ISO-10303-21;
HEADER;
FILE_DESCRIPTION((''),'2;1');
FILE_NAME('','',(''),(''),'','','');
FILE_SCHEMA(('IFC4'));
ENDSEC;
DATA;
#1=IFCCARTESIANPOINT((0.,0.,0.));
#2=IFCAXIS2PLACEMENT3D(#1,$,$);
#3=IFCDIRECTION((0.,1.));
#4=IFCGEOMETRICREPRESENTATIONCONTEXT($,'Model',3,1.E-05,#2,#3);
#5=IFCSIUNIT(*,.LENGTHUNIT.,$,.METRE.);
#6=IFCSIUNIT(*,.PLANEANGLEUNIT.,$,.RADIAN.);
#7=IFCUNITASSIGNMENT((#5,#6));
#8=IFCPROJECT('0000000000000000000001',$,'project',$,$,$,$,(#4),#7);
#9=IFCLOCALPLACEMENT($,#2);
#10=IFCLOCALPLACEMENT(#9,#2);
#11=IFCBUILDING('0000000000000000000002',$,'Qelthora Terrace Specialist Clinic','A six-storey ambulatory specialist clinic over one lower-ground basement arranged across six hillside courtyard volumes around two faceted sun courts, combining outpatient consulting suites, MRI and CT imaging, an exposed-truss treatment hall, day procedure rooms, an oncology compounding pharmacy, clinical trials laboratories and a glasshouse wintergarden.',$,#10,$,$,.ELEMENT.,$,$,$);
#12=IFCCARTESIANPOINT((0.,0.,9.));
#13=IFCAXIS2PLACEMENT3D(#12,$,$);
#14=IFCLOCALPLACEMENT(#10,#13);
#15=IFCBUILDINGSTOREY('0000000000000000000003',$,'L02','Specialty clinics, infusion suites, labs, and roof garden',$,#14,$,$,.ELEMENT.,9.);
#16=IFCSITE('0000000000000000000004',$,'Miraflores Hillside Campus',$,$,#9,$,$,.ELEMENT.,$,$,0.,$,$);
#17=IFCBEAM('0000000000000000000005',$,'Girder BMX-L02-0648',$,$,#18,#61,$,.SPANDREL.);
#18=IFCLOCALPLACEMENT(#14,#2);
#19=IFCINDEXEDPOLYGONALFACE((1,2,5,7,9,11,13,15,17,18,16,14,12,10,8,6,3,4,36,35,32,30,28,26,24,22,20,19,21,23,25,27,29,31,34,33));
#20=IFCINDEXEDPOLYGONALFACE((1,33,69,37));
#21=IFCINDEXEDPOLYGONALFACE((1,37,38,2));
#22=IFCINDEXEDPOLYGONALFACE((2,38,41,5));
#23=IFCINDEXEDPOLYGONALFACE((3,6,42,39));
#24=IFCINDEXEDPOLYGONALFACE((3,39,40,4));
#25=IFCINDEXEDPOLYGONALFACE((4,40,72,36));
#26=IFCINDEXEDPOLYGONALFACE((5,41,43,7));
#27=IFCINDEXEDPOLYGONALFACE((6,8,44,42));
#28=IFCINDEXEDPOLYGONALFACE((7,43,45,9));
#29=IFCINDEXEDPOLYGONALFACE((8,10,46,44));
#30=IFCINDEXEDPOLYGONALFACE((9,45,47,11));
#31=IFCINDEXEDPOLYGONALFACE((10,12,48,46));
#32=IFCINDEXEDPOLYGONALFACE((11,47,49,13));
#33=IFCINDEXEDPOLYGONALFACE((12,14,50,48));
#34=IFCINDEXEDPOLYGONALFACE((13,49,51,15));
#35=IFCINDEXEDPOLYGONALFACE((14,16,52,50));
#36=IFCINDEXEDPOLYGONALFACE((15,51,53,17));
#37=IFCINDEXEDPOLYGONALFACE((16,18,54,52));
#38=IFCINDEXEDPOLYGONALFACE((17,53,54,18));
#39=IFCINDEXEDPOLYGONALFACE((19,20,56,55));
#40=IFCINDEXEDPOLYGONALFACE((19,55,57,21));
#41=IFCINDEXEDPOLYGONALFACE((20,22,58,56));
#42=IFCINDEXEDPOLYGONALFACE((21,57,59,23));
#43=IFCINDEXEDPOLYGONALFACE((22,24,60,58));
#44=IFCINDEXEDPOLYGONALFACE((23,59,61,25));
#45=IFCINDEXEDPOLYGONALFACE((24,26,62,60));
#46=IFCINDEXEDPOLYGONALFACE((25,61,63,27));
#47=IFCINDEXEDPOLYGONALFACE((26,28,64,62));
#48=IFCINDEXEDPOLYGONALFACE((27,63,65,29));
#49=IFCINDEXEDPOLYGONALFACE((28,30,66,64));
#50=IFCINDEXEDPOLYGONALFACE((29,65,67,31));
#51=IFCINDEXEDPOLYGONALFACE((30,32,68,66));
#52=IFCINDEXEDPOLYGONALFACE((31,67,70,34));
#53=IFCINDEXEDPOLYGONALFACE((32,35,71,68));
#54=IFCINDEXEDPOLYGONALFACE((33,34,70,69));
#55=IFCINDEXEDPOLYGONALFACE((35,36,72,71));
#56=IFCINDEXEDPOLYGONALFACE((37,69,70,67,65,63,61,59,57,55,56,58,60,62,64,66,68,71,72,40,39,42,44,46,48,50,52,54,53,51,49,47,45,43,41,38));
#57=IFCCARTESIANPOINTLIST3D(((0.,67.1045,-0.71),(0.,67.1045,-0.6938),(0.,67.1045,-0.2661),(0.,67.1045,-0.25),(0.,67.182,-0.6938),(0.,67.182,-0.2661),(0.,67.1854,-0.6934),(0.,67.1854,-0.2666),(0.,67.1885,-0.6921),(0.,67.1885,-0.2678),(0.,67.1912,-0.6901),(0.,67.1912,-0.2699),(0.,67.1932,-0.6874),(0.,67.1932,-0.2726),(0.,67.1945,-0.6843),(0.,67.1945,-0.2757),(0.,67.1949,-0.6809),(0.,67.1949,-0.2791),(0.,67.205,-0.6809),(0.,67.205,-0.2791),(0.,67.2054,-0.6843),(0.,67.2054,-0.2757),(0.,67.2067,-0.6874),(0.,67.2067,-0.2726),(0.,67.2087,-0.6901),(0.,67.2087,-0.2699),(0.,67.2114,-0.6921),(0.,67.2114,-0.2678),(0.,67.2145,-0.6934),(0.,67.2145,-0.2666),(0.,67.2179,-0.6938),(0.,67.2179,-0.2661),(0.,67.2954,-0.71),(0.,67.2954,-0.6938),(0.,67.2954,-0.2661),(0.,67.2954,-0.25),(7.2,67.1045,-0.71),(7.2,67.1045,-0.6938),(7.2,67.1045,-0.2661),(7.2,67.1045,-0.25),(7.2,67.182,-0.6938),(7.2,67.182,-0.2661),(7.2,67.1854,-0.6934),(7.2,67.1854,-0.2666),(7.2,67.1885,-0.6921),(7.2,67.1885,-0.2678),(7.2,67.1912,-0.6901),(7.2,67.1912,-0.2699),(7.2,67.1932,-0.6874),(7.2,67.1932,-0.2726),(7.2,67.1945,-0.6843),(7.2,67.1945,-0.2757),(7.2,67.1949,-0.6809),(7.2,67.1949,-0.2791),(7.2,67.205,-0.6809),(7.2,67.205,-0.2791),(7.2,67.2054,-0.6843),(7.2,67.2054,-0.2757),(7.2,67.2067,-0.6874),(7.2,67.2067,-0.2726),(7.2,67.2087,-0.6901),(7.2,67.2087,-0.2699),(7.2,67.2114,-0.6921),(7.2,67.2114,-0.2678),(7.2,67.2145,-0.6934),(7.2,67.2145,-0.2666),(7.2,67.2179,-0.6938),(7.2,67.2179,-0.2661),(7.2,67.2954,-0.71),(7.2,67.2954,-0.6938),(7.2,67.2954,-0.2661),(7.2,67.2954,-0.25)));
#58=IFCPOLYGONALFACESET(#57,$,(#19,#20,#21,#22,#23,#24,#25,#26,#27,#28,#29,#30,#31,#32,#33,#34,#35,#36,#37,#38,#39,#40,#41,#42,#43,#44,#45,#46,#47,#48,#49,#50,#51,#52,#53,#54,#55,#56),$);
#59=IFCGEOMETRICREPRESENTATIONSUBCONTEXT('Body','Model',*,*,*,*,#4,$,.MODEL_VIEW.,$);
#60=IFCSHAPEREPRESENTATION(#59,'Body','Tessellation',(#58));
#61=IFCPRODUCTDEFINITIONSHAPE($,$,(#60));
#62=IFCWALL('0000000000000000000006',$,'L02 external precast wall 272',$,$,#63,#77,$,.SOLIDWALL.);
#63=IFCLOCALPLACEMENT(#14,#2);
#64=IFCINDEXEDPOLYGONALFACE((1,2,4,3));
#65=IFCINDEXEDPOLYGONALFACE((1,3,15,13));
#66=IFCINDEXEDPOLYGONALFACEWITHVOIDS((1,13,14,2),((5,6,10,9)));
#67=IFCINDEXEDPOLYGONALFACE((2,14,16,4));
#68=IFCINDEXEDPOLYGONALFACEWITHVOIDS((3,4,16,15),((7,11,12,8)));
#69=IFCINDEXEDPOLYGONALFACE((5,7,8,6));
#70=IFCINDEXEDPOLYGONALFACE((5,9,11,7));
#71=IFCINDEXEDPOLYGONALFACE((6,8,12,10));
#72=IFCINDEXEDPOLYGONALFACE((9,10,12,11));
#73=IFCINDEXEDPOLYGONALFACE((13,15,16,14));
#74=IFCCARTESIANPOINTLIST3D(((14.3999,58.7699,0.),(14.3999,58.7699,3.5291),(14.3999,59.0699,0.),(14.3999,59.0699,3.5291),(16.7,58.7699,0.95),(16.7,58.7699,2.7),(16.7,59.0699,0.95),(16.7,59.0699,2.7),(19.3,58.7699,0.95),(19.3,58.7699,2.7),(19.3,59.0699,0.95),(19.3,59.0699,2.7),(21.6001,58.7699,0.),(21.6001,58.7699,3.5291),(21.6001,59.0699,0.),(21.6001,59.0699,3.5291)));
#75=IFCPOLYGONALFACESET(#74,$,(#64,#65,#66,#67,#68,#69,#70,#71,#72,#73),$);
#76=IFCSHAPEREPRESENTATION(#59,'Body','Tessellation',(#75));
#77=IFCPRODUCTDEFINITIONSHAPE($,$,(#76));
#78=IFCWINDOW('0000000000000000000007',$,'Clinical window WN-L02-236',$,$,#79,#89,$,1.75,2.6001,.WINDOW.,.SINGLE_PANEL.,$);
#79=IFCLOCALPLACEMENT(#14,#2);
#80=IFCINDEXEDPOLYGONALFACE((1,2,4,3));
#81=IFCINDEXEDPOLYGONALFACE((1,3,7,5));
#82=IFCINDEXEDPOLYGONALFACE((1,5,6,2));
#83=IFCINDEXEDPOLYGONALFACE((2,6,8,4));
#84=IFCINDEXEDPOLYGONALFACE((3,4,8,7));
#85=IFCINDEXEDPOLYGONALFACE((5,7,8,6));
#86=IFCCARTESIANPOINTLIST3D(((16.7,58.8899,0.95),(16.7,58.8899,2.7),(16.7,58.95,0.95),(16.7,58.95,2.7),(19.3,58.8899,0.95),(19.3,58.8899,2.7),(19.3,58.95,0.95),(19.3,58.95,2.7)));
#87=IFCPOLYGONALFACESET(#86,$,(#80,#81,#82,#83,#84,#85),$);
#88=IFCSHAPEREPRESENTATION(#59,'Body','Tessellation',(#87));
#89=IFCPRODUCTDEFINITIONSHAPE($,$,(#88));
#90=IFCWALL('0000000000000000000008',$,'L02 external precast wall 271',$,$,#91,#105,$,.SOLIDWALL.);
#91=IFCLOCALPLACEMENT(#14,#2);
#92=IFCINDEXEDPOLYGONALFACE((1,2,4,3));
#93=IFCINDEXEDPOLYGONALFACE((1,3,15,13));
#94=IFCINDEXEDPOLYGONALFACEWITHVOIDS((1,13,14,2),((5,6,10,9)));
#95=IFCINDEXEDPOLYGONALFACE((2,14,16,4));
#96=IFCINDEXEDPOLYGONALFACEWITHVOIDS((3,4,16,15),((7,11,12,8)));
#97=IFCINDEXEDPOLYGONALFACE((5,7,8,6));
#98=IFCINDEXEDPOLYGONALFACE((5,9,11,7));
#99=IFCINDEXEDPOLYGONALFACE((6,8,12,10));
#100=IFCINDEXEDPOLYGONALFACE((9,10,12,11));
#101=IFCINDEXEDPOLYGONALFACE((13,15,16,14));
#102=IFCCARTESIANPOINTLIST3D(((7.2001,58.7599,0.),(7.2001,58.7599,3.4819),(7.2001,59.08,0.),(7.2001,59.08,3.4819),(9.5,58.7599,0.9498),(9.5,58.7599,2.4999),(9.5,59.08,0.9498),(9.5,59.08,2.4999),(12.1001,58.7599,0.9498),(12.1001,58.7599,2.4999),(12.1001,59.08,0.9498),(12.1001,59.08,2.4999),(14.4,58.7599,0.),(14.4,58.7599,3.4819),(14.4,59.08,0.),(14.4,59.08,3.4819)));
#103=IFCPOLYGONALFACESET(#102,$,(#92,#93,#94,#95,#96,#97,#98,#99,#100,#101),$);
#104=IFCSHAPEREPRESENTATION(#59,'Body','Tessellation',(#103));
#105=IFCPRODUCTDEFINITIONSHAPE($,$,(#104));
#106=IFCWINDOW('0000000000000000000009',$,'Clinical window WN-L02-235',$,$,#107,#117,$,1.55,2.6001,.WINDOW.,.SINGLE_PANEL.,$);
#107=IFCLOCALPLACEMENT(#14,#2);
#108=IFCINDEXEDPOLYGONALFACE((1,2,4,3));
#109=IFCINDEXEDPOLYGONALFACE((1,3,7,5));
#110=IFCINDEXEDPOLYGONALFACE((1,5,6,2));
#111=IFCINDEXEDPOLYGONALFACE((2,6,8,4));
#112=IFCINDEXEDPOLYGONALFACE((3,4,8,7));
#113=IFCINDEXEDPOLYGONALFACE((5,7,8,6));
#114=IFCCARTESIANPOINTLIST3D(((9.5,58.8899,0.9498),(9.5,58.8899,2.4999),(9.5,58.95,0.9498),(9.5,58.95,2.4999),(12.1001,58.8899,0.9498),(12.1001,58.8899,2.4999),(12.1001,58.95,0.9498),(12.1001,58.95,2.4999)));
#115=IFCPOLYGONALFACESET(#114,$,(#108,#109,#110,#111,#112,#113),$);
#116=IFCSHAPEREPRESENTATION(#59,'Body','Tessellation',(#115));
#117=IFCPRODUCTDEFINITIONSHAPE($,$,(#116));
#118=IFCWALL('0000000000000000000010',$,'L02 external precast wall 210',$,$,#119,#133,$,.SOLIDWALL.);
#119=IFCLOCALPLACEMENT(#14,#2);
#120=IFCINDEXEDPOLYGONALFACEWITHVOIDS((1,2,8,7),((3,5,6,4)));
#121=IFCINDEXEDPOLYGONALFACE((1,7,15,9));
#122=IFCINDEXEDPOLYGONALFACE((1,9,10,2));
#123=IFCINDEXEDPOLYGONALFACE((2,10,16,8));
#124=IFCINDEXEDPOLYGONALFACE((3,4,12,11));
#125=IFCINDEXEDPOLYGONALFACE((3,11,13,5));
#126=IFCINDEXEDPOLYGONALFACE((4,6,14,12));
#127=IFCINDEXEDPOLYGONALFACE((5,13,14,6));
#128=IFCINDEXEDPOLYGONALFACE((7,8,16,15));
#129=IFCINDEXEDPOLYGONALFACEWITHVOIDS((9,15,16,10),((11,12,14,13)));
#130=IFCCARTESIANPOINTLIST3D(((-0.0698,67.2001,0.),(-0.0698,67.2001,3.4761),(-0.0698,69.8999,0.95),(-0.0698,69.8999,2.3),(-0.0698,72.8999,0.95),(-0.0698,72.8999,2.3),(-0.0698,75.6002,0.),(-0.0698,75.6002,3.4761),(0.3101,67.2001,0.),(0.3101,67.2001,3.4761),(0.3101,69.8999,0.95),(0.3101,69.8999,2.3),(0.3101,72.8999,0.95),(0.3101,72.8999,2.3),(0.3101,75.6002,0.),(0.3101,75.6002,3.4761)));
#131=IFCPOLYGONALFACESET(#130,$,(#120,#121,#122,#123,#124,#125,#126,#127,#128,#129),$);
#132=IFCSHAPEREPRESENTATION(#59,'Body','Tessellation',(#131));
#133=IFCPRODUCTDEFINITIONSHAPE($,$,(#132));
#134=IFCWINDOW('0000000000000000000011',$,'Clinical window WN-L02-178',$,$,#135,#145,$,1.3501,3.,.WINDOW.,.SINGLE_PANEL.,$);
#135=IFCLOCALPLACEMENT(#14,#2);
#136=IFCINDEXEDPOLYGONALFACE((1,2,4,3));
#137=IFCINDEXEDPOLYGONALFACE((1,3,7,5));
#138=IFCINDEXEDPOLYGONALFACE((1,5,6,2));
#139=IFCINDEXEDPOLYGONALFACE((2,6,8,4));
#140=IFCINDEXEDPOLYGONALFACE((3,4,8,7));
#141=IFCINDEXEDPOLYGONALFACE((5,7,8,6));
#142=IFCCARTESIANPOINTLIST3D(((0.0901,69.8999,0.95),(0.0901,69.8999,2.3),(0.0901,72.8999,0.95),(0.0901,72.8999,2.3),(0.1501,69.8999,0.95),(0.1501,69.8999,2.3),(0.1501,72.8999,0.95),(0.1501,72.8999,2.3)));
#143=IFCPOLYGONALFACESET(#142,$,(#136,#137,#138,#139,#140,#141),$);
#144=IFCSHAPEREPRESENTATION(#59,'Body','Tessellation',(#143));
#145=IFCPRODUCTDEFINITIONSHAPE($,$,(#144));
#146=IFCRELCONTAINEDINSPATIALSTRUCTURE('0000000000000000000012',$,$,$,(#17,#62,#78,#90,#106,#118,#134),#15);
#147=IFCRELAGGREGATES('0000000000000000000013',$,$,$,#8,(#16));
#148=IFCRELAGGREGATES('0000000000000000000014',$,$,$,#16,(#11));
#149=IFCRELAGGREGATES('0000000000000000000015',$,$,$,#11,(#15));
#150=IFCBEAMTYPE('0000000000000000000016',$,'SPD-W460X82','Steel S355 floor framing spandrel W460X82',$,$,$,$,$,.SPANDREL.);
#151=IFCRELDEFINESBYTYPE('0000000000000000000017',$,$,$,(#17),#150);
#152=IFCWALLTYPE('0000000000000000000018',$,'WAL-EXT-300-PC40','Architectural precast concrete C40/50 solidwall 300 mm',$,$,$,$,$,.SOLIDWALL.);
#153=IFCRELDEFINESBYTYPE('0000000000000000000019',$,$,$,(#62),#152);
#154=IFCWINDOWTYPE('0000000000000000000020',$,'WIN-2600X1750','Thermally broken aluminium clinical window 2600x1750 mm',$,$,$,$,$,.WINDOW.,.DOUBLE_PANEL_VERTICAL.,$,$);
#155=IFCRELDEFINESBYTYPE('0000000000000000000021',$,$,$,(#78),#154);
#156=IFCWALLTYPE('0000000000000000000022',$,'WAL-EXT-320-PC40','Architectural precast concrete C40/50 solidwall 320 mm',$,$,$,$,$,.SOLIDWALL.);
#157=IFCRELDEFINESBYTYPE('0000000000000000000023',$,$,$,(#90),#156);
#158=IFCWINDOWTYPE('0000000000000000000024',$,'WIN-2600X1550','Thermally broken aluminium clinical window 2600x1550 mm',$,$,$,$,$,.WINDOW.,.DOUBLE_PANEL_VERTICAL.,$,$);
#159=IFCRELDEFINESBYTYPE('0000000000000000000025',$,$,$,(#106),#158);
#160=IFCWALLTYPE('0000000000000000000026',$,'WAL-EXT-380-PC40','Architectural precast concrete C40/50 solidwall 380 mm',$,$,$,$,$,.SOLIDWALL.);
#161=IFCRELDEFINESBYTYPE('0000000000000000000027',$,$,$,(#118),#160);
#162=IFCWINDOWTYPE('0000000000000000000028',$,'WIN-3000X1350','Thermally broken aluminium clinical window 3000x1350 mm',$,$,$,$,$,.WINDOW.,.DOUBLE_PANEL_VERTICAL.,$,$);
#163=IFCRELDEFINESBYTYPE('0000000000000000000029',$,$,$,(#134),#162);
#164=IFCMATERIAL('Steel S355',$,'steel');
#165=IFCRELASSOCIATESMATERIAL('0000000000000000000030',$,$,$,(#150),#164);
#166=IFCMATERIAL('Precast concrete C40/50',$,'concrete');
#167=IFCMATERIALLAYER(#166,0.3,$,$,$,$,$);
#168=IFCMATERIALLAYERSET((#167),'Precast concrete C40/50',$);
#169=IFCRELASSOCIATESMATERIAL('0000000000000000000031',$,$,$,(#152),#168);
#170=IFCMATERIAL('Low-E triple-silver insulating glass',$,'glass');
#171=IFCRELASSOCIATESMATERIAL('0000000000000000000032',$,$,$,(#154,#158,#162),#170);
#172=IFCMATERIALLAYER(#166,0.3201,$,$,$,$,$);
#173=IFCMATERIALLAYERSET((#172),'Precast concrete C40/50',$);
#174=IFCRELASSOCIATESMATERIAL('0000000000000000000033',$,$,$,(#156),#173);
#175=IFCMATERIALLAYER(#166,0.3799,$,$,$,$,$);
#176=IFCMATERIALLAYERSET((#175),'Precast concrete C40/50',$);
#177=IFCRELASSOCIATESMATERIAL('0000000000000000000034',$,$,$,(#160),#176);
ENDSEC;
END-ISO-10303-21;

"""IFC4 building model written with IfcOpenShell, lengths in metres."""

from ifc_helpers import new_model, si_unit, direction, frame, frame_2d, origin, origin_2d, place, context, subcontext, project, spatial, rectangle, i_section, extrude, material, layer, layer_set, material_profile, profile_set, type_object, element, fill, save


model = new_model("IFC4")

# Units and contexts
model_context = context("Model", 3, precision=1e-05, world=origin(), true_north=direction((0.0, 1.0)))
body_context = subcontext(model_context, "Body", "Model", "MODEL_VIEW")
ifc_project = project(units=[si_unit("LENGTHUNIT", "METRE"), si_unit("PLANEANGLEUNIT", "RADIAN")], contexts=[model_context])

# Site, building, storey
site_placement = place(None, origin())
site = spatial("IfcSite", under=ifc_project, at=site_placement, Name="Miraflores Hillside Campus", CompositionType="ELEMENT", RefElevation=0.0)
building_placement = place(site_placement, origin())
building = spatial("IfcBuilding", under=site, at=building_placement, Name="Qelthora Terrace Specialist Clinic", Description="A six-storey ambulatory specialist clinic over one lower-ground basement arranged across six hillside courtyard volumes around two faceted sun courts, combining outpatient consulting suites, MRI and CT imaging, an exposed-truss treatment hall, day procedure rooms, an oncology compounding pharmacy, clinical trials laboratories and a glasshouse wintergarden.", CompositionType="ELEMENT")
storey_placement = place(building_placement, frame((0.0, 0.0, 9.0)))
storey = spatial("IfcBuildingStorey", under=building, at=storey_placement, Name="L02", Description="Specialty clinics, infusion suites, labs, and roof garden", CompositionType="ELEMENT", Elevation=9.0)

# Shared definitions
ifc_material_1 = material(Name="Steel S355", Category="steel")

# Beam
ifc_material_profile_1 = material_profile(ifc_material_1, i_section(OverallWidth=0.1909, OverallDepth=0.46, WebThickness=0.01, FlangeThickness=0.0161, FilletRadius=0.0129, at=origin_2d()), Name="W460X82")
ifc_profile_set_1 = profile_set([ifc_material_profile_1], Name="Steel S355")
beam_type_1 = type_object("IfcBeamType", Name="SPD-W460X82", Description="Steel S355 floor framing spandrel W460X82", PredefinedType="SPANDREL", material=ifc_profile_set_1)
beam_1_placement = place(storey_placement, frame((0.0, 67.2, -0.48), z_axis=(1.0, 0.0, 0.0), x_axis=(0.0, 1.0, 0.0)))
element("IfcBeam", 1, at=beam_1_placement, inside=storey, type_object=beam_type_1, Name="Girder BMX-L02-0648", PredefinedType="SPANDREL", context=body_context, shape_type="SweptSolid", body=[
    extrude(i_section(OverallWidth=0.1909, OverallDepth=0.46, WebThickness=0.01, FlangeThickness=0.0161, FilletRadius=0.0129, at=origin_2d()), origin(), (0.0, 0.0, 1.0), 7.2),
])

# Walls, openings, windows
ifc_material_2 = material(Name="Precast concrete C40/50", Category="concrete")
ifc_layer_1 = layer(ifc_material_2, 0.3)
ifc_layer_set_1 = layer_set([ifc_layer_1], Name="Precast concrete C40/50")
wall_type_1 = type_object("IfcWallType", Name="WAL-EXT-300-PC40", Description="Architectural precast concrete C40/50 solidwall 300 mm", PredefinedType="SOLIDWALL", material=ifc_layer_set_1)
wall_1_placement = place(storey_placement, frame((14.3999, 58.9199, 0.0), z_axis=(0.0, 0.0, 1.0), x_axis=(1.0, 0.0, 0.0)))
wall_1 = element("IfcWall", 2, at=wall_1_placement, inside=storey, type_object=wall_type_1, Name="L02 external precast wall 272", PredefinedType="SOLIDWALL", context=body_context, shape_type="SweptSolid", body=[
    extrude(rectangle(XDim=7.2002, YDim=0.3, at=frame_2d((3.6001, 0.0))), origin(), (0.0, 0.0, 1.0), 3.5291),
])
opening_1_placement = place(wall_1_placement, frame((2.3, 0.0, 0.95)))
opening_1 = element("IfcOpeningElement", 3, at=opening_1_placement, cuts=wall_1, PredefinedType="OPENING", context=body_context, shape_type="SweptSolid", body=[
    extrude(rectangle(XDim=2.6001, YDim=1.75, at=frame_2d((1.3, 0.875))), frame((0.0, 0.1599, 0.0), z_axis=(0.0, -1.0, 0.0), x_axis=(1.0, 0.0, 0.0)), (0.0, 0.0, 1.0), 0.3201),
])
ifc_material_3 = material(Name="Low-E triple-silver insulating glass", Category="glass")
window_type_1 = type_object("IfcWindowType", Name="WIN-2600X1750", Description="Thermally broken aluminium clinical window 2600x1750 mm", PartitioningType="DOUBLE_PANEL_VERTICAL", PredefinedType="WINDOW", material=ifc_material_3)
window_1_placement = place(opening_1_placement, origin())
window_1 = element("IfcWindow", 4, at=window_1_placement, inside=storey, type_object=window_type_1, Name="Clinical window WN-L02-236", OverallHeight=1.75, OverallWidth=2.6001, PartitioningType="SINGLE_PANEL", PredefinedType="WINDOW", context=body_context, shape_type="SweptSolid", body=[
    extrude(rectangle(XDim=2.6001, YDim=1.75, at=frame_2d((1.3, 0.875))), frame((0.0, 0.03, 0.0), z_axis=(0.0, -1.0, 0.0), x_axis=(1.0, 0.0, 0.0)), (0.0, 0.0, 1.0), 0.0601),
])
fill(opening_1, window_1)
ifc_layer_2 = layer(ifc_material_2, 0.3201)
ifc_layer_set_2 = layer_set([ifc_layer_2], Name="Precast concrete C40/50")
wall_type_2 = type_object("IfcWallType", Name="WAL-EXT-320-PC40", Description="Architectural precast concrete C40/50 solidwall 320 mm", PredefinedType="SOLIDWALL", material=ifc_layer_set_2)
wall_2_placement = place(storey_placement, frame((7.2, 58.9199, 0.0), z_axis=(0.0, 0.0, 1.0), x_axis=(1.0, 0.0, 0.0)))
wall_2 = element("IfcWall", 5, at=wall_2_placement, inside=storey, type_object=wall_type_2, Name="L02 external precast wall 271", PredefinedType="SOLIDWALL", context=body_context, shape_type="SweptSolid", body=[
    extrude(rectangle(XDim=7.2, YDim=0.3201, at=frame_2d((3.6001, 0.0))), origin(), (0.0, 0.0, 1.0), 3.4819),
])
opening_2_placement = place(wall_2_placement, frame((2.3, 0.0, 0.95)))
opening_2 = element("IfcOpeningElement", 6, at=opening_2_placement, cuts=wall_2, PredefinedType="OPENING", context=body_context, shape_type="SweptSolid", body=[
    extrude(rectangle(XDim=2.6001, YDim=1.55, at=frame_2d((1.3, 0.7749))), frame((0.0, 0.1699, 0.0), z_axis=(0.0, -1.0, 0.0), x_axis=(1.0, 0.0, 0.0)), (0.0, 0.0, 1.0), 0.3401),
])
window_type_2 = type_object("IfcWindowType", Name="WIN-2600X1550", Description="Thermally broken aluminium clinical window 2600x1550 mm", PartitioningType="DOUBLE_PANEL_VERTICAL", PredefinedType="WINDOW", material=ifc_material_3)
window_2_placement = place(opening_2_placement, origin())
window_2 = element("IfcWindow", 7, at=window_2_placement, inside=storey, type_object=window_type_2, Name="Clinical window WN-L02-235", OverallHeight=1.55, OverallWidth=2.6001, PartitioningType="SINGLE_PANEL", PredefinedType="WINDOW", context=body_context, shape_type="SweptSolid", body=[
    extrude(rectangle(XDim=2.6001, YDim=1.55, at=frame_2d((1.3, 0.7749))), frame((0.0, 0.03, 0.0), z_axis=(0.0, -1.0, 0.0), x_axis=(1.0, 0.0, 0.0)), (0.0, 0.0, 1.0), 0.0601),
])
fill(opening_2, window_2)
ifc_layer_3 = layer(ifc_material_2, 0.3799)
ifc_layer_set_3 = layer_set([ifc_layer_3], Name="Precast concrete C40/50")
wall_type_3 = type_object("IfcWallType", Name="WAL-EXT-380-PC40", Description="Architectural precast concrete C40/50 solidwall 380 mm", PredefinedType="SOLIDWALL", material=ifc_layer_set_3)
wall_3_placement = place(storey_placement, frame((0.1201, 67.2, 0.0), z_axis=(0.0, 0.0, 1.0), x_axis=(0.0, 1.0, 0.0)))
wall_3 = element("IfcWall", 8, at=wall_3_placement, inside=storey, type_object=wall_type_3, Name="L02 external precast wall 210", PredefinedType="SOLIDWALL", context=body_context, shape_type="SweptSolid", body=[
    extrude(rectangle(XDim=8.4001, YDim=0.3799, at=frame_2d((4.2002, 0.0))), origin(), (0.0, 0.0, 1.0), 3.4761),
])
opening_3_placement = place(wall_3_placement, frame((2.7, 0.0, 0.95)))
opening_3 = element("IfcOpeningElement", 9, at=opening_3_placement, cuts=wall_3, PredefinedType="OPENING", context=body_context, shape_type="SweptSolid", body=[
    extrude(rectangle(XDim=3.0, YDim=1.3501, at=frame_2d((1.5, 0.675))), frame((0.0, 0.2, 0.0), z_axis=(0.0, -1.0, 0.0), x_axis=(1.0, 0.0, 0.0)), (0.0, 0.0, 1.0), 0.3999),
])
window_type_3 = type_object("IfcWindowType", Name="WIN-3000X1350", Description="Thermally broken aluminium clinical window 3000x1350 mm", PartitioningType="DOUBLE_PANEL_VERTICAL", PredefinedType="WINDOW", material=ifc_material_3)
window_3_placement = place(opening_3_placement, origin())
window_3 = element("IfcWindow", 10, at=window_3_placement, inside=storey, type_object=window_type_3, Name="Clinical window WN-L02-178", OverallHeight=1.3501, OverallWidth=3.0, PartitioningType="SINGLE_PANEL", PredefinedType="WINDOW", context=body_context, shape_type="SweptSolid", body=[
    extrude(rectangle(XDim=3.0, YDim=1.3501, at=frame_2d((1.5, 0.675))), frame((0.0, 0.03, 0.0), z_axis=(0.0, -1.0, 0.0), x_axis=(1.0, 0.0, 0.0)), (0.0, 0.0, 1.0), 0.0601),
])
fill(opening_3, window_3)

save(model, "model.ifc")
